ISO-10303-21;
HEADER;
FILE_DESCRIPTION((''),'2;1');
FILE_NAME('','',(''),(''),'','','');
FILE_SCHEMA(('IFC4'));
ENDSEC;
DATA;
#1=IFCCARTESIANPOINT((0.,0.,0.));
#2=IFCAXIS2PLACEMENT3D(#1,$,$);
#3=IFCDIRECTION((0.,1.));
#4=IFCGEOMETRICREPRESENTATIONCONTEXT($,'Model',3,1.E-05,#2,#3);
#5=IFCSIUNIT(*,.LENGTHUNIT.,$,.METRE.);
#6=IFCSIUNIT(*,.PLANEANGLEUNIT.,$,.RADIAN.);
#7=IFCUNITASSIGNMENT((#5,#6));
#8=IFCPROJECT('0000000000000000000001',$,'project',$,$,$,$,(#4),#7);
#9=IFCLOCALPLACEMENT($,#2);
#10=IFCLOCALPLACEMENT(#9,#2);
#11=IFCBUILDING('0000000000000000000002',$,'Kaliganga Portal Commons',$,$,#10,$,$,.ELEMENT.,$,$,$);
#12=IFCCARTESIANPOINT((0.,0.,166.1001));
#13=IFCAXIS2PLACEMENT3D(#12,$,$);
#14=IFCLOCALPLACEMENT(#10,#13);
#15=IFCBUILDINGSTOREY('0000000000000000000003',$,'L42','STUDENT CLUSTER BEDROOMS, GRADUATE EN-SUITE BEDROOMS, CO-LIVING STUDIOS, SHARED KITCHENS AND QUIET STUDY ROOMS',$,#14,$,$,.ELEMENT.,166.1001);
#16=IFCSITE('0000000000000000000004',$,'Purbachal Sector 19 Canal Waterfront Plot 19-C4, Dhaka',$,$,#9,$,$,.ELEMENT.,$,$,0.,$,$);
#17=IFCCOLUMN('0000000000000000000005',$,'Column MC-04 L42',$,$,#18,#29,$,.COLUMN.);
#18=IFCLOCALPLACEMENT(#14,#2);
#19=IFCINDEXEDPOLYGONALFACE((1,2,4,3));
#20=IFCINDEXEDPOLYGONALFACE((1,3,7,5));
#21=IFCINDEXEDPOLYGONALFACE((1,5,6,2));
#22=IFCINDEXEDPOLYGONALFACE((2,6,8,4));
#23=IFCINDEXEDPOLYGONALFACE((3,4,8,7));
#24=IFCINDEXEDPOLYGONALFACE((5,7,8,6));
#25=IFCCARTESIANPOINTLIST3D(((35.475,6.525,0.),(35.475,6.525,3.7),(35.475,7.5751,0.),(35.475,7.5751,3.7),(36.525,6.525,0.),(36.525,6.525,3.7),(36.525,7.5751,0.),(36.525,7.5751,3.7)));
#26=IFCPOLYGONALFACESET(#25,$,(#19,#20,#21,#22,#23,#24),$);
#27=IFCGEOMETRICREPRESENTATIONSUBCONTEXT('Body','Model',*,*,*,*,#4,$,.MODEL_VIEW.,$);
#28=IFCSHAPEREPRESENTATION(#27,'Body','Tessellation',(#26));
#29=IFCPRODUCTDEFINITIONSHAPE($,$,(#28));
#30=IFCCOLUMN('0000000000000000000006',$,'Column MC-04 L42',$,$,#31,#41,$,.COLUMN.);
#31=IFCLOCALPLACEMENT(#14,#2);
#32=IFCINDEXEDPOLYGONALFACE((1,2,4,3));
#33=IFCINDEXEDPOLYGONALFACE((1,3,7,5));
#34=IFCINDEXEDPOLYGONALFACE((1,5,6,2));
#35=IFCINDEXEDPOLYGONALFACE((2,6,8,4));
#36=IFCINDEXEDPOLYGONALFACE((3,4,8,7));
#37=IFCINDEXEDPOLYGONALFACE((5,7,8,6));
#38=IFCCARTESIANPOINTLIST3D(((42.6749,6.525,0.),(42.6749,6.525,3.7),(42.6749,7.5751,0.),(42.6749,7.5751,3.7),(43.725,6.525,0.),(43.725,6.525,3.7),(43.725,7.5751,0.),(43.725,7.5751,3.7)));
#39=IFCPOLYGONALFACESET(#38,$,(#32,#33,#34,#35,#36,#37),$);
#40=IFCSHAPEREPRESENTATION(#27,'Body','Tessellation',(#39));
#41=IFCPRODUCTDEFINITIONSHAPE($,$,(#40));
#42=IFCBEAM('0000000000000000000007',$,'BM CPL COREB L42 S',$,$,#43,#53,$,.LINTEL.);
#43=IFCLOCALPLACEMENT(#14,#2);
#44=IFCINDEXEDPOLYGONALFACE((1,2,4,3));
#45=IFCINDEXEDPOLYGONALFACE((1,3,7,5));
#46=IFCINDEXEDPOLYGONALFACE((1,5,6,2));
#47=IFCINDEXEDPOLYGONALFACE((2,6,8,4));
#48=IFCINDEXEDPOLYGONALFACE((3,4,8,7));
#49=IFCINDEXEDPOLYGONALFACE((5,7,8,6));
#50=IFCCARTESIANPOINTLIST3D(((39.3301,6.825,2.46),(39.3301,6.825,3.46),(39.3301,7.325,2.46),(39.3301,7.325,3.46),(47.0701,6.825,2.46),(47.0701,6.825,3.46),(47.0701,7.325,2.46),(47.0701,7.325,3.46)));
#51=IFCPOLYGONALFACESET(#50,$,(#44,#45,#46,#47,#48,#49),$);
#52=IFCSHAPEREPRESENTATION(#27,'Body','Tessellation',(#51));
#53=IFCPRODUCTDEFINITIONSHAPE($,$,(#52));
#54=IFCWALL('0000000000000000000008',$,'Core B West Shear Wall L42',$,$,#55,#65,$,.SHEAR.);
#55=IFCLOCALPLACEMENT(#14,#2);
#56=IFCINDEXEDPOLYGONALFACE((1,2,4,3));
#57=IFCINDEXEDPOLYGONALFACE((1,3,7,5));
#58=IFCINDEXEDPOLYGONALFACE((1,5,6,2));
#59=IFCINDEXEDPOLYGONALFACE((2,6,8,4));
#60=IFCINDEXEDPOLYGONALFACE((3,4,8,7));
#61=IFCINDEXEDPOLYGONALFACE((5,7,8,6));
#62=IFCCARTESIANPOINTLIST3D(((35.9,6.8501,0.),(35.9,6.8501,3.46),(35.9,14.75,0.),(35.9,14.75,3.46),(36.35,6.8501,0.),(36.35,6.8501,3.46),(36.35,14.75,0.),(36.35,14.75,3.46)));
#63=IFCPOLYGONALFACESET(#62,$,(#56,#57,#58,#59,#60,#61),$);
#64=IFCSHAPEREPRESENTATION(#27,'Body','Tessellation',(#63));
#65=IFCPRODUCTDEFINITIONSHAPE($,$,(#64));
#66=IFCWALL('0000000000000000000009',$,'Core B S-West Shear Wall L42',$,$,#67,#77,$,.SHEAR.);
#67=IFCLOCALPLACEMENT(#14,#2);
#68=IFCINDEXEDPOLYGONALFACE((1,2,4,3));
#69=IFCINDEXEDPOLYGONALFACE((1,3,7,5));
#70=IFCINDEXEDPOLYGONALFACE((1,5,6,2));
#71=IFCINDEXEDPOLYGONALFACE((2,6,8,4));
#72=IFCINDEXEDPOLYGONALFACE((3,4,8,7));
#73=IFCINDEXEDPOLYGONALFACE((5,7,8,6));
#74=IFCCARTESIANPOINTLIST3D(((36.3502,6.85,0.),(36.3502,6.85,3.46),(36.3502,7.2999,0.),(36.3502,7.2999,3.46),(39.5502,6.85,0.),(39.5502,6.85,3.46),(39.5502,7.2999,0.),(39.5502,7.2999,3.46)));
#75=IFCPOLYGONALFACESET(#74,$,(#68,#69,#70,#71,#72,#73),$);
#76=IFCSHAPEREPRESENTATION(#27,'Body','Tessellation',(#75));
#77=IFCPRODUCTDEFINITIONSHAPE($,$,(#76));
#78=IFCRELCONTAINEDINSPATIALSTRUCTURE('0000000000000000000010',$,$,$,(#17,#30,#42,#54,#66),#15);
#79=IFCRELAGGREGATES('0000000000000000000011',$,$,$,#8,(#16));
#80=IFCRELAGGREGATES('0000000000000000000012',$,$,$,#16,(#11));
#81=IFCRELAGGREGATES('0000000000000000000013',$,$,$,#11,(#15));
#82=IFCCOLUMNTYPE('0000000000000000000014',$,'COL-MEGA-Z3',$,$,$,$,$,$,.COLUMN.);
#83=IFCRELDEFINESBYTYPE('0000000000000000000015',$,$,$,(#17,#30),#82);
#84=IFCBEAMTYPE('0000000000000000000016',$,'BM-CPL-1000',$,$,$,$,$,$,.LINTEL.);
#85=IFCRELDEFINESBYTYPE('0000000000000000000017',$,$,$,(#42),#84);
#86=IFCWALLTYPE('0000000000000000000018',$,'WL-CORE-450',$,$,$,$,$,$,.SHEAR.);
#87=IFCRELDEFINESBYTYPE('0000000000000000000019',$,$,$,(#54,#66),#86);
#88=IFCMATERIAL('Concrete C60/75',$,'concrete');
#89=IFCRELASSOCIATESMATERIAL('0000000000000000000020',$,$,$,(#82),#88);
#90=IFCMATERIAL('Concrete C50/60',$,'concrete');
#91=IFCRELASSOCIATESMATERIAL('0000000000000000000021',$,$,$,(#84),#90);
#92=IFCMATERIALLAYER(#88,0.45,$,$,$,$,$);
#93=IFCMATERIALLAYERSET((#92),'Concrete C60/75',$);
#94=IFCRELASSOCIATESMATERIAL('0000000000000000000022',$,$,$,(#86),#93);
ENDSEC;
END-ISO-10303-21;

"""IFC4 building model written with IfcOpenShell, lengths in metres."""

from ifc_helpers import new_model, si_unit, direction, frame, frame_2d, origin, origin_2d, place, context, subcontext, project, spatial, rectangle, extrude, source, transform, mapped, material, layer, layer_set, material_profile, profile_set, type_object, element, save


model = new_model("IFC4")

# Units and contexts
model_context = context("Model", 3, precision=1e-05, world=origin(), true_north=direction((0.0, 1.0)))
body_context = subcontext(model_context, "Body", "Model", "MODEL_VIEW")
ifc_project = project(units=[si_unit("LENGTHUNIT", "METRE"), si_unit("PLANEANGLEUNIT", "RADIAN")], contexts=[model_context])

# Site, building, storey
site_placement = place(None, origin())
site = spatial("IfcSite", under=ifc_project, at=site_placement, Name="Purbachal Sector 19 Canal Waterfront Plot 19-C4, Dhaka", CompositionType="ELEMENT", RefElevation=0.0)
building_placement = place(site_placement, origin())
building = spatial("IfcBuilding", under=site, at=building_placement, Name="Kaliganga Portal Commons", CompositionType="ELEMENT")
storey_placement = place(building_placement, frame((0.0, 0.0, 166.1001)))
storey = spatial("IfcBuildingStorey", under=building, at=storey_placement, Name="L42", Description="STUDENT CLUSTER BEDROOMS, GRADUATE EN-SUITE BEDROOMS, CO-LIVING STUDIOS, SHARED KITCHENS AND QUIET STUDY ROOMS", CompositionType="ELEMENT", Elevation=166.1001)

# Columns
ifc_material_1 = material(Name="Concrete C60/75", Category="concrete")
ifc_material_profile_1 = material_profile(ifc_material_1, rectangle(XDim=1.05, YDim=1.05, at=origin_2d()), Name="RC 1050x1050")
ifc_profile_set_1 = profile_set([ifc_material_profile_1], Name="Concrete C60/75")
column_type = type_object("IfcColumnType", Name="COL-MEGA-Z3", PredefinedType="COLUMN", material=ifc_profile_set_1)
shared_shape_1 = source(origin(), body_context, "Body", "SweptSolid", [
    extrude(rectangle(XDim=1.05, YDim=1.05, at=origin_2d()), origin(), (0.0, 0.0, 1.0), 3.7),
])
for number, where, z_axis, x_axis, name in (
    (1, (36.0, 7.05, 0.0), (0.0, 0.0, 1.0), (1.0, 0.0, 0.0), "Column MC-04 L42"),
    (2, (43.2, 7.05, 0.0), (0.0, 0.0, 1.0), (1.0, 0.0, 0.0), "Column MC-04 L42"),
):
    element("IfcColumn", number, at=place(storey_placement, frame(where, z_axis=z_axis, x_axis=x_axis)), inside=storey, type_object=column_type, Name=name, PredefinedType="COLUMN", context=body_context, shape_type="MappedRepresentation", body=[
        mapped(shared_shape_1, transform((0.0, 0.0, 0.0), x_axis=(1.0, 0.0, 0.0), y_axis=(0.0, 1.0, 0.0), z_axis=(0.0, 0.0, 1.0), scale=1.0)),
    ])

# Beam
ifc_material_2 = material(Name="Concrete C50/60", Category="concrete")
ifc_material_profile_2 = material_profile(ifc_material_2, rectangle(XDim=0.5, YDim=1.0, at=origin_2d()), Name="RC 500x1000")
ifc_profile_set_2 = profile_set([ifc_material_profile_2], Name="Concrete C50/60")
beam_type = type_object("IfcBeamType", Name="BM-CPL-1000", PredefinedType="LINTEL", material=ifc_profile_set_2)
shared_shape_2 = source(origin(), body_context, "Body", "SweptSolid", [
    extrude(rectangle(XDim=0.5, YDim=1.0, at=origin_2d()), origin(), (0.0, 0.0, 1.0), 7.74),
])
beam_placement = place(storey_placement, frame((39.3301, 7.075, 2.96), z_axis=(1.0, 0.0, 0.0), x_axis=(0.0, 1.0, 0.0)))
element("IfcBeam", 3, at=beam_placement, inside=storey, type_object=beam_type, Name="BM CPL COREB L42 S", PredefinedType="LINTEL", context=body_context, shape_type="MappedRepresentation", body=[
    mapped(shared_shape_2, transform((0.0, 0.0, 0.0), x_axis=(1.0, 0.0, 0.0), y_axis=(0.0, 1.0, 0.0), z_axis=(0.0, 0.0, 1.0), scale=1.0)),
])

# Walls
ifc_layer_1 = layer(ifc_material_1, 0.45)
ifc_layer_set_1 = layer_set([ifc_layer_1], Name="Concrete C60/75")
wall_type_1 = type_object("IfcWallType", Name="WL-CORE-450", PredefinedType="SHEAR", material=ifc_layer_set_1)
wall_1_placement = place(storey_placement, frame((36.125, 6.8501, 0.0), z_axis=(0.0, 0.0, 1.0), x_axis=(0.0, 1.0, 0.0)))
element("IfcWall", 4, at=wall_1_placement, inside=storey, type_object=wall_type_1, Name="Core B West Shear Wall L42", PredefinedType="SHEAR", context=body_context, shape_type="SweptSolid", body=[
    extrude(rectangle(XDim=7.8999, YDim=0.45, at=frame_2d((3.95, 0.0))), origin(), (0.0, 0.0, 1.0), 3.46),
])
wall_2_placement = place(storey_placement, frame((36.3501, 7.075, 0.0), z_axis=(0.0, 0.0, 1.0), x_axis=(1.0, 0.0, 0.0)))
element("IfcWall", 5, at=wall_2_placement, inside=storey, type_object=wall_type_1, Name="Core B S-West Shear Wall L42", PredefinedType="SHEAR", context=body_context, shape_type="SweptSolid", body=[
    extrude(rectangle(XDim=3.2, YDim=0.45, at=frame_2d((1.6001, 0.0))), origin(), (0.0, 0.0, 1.0), 3.46),
])

save(model, "model.ifc")
